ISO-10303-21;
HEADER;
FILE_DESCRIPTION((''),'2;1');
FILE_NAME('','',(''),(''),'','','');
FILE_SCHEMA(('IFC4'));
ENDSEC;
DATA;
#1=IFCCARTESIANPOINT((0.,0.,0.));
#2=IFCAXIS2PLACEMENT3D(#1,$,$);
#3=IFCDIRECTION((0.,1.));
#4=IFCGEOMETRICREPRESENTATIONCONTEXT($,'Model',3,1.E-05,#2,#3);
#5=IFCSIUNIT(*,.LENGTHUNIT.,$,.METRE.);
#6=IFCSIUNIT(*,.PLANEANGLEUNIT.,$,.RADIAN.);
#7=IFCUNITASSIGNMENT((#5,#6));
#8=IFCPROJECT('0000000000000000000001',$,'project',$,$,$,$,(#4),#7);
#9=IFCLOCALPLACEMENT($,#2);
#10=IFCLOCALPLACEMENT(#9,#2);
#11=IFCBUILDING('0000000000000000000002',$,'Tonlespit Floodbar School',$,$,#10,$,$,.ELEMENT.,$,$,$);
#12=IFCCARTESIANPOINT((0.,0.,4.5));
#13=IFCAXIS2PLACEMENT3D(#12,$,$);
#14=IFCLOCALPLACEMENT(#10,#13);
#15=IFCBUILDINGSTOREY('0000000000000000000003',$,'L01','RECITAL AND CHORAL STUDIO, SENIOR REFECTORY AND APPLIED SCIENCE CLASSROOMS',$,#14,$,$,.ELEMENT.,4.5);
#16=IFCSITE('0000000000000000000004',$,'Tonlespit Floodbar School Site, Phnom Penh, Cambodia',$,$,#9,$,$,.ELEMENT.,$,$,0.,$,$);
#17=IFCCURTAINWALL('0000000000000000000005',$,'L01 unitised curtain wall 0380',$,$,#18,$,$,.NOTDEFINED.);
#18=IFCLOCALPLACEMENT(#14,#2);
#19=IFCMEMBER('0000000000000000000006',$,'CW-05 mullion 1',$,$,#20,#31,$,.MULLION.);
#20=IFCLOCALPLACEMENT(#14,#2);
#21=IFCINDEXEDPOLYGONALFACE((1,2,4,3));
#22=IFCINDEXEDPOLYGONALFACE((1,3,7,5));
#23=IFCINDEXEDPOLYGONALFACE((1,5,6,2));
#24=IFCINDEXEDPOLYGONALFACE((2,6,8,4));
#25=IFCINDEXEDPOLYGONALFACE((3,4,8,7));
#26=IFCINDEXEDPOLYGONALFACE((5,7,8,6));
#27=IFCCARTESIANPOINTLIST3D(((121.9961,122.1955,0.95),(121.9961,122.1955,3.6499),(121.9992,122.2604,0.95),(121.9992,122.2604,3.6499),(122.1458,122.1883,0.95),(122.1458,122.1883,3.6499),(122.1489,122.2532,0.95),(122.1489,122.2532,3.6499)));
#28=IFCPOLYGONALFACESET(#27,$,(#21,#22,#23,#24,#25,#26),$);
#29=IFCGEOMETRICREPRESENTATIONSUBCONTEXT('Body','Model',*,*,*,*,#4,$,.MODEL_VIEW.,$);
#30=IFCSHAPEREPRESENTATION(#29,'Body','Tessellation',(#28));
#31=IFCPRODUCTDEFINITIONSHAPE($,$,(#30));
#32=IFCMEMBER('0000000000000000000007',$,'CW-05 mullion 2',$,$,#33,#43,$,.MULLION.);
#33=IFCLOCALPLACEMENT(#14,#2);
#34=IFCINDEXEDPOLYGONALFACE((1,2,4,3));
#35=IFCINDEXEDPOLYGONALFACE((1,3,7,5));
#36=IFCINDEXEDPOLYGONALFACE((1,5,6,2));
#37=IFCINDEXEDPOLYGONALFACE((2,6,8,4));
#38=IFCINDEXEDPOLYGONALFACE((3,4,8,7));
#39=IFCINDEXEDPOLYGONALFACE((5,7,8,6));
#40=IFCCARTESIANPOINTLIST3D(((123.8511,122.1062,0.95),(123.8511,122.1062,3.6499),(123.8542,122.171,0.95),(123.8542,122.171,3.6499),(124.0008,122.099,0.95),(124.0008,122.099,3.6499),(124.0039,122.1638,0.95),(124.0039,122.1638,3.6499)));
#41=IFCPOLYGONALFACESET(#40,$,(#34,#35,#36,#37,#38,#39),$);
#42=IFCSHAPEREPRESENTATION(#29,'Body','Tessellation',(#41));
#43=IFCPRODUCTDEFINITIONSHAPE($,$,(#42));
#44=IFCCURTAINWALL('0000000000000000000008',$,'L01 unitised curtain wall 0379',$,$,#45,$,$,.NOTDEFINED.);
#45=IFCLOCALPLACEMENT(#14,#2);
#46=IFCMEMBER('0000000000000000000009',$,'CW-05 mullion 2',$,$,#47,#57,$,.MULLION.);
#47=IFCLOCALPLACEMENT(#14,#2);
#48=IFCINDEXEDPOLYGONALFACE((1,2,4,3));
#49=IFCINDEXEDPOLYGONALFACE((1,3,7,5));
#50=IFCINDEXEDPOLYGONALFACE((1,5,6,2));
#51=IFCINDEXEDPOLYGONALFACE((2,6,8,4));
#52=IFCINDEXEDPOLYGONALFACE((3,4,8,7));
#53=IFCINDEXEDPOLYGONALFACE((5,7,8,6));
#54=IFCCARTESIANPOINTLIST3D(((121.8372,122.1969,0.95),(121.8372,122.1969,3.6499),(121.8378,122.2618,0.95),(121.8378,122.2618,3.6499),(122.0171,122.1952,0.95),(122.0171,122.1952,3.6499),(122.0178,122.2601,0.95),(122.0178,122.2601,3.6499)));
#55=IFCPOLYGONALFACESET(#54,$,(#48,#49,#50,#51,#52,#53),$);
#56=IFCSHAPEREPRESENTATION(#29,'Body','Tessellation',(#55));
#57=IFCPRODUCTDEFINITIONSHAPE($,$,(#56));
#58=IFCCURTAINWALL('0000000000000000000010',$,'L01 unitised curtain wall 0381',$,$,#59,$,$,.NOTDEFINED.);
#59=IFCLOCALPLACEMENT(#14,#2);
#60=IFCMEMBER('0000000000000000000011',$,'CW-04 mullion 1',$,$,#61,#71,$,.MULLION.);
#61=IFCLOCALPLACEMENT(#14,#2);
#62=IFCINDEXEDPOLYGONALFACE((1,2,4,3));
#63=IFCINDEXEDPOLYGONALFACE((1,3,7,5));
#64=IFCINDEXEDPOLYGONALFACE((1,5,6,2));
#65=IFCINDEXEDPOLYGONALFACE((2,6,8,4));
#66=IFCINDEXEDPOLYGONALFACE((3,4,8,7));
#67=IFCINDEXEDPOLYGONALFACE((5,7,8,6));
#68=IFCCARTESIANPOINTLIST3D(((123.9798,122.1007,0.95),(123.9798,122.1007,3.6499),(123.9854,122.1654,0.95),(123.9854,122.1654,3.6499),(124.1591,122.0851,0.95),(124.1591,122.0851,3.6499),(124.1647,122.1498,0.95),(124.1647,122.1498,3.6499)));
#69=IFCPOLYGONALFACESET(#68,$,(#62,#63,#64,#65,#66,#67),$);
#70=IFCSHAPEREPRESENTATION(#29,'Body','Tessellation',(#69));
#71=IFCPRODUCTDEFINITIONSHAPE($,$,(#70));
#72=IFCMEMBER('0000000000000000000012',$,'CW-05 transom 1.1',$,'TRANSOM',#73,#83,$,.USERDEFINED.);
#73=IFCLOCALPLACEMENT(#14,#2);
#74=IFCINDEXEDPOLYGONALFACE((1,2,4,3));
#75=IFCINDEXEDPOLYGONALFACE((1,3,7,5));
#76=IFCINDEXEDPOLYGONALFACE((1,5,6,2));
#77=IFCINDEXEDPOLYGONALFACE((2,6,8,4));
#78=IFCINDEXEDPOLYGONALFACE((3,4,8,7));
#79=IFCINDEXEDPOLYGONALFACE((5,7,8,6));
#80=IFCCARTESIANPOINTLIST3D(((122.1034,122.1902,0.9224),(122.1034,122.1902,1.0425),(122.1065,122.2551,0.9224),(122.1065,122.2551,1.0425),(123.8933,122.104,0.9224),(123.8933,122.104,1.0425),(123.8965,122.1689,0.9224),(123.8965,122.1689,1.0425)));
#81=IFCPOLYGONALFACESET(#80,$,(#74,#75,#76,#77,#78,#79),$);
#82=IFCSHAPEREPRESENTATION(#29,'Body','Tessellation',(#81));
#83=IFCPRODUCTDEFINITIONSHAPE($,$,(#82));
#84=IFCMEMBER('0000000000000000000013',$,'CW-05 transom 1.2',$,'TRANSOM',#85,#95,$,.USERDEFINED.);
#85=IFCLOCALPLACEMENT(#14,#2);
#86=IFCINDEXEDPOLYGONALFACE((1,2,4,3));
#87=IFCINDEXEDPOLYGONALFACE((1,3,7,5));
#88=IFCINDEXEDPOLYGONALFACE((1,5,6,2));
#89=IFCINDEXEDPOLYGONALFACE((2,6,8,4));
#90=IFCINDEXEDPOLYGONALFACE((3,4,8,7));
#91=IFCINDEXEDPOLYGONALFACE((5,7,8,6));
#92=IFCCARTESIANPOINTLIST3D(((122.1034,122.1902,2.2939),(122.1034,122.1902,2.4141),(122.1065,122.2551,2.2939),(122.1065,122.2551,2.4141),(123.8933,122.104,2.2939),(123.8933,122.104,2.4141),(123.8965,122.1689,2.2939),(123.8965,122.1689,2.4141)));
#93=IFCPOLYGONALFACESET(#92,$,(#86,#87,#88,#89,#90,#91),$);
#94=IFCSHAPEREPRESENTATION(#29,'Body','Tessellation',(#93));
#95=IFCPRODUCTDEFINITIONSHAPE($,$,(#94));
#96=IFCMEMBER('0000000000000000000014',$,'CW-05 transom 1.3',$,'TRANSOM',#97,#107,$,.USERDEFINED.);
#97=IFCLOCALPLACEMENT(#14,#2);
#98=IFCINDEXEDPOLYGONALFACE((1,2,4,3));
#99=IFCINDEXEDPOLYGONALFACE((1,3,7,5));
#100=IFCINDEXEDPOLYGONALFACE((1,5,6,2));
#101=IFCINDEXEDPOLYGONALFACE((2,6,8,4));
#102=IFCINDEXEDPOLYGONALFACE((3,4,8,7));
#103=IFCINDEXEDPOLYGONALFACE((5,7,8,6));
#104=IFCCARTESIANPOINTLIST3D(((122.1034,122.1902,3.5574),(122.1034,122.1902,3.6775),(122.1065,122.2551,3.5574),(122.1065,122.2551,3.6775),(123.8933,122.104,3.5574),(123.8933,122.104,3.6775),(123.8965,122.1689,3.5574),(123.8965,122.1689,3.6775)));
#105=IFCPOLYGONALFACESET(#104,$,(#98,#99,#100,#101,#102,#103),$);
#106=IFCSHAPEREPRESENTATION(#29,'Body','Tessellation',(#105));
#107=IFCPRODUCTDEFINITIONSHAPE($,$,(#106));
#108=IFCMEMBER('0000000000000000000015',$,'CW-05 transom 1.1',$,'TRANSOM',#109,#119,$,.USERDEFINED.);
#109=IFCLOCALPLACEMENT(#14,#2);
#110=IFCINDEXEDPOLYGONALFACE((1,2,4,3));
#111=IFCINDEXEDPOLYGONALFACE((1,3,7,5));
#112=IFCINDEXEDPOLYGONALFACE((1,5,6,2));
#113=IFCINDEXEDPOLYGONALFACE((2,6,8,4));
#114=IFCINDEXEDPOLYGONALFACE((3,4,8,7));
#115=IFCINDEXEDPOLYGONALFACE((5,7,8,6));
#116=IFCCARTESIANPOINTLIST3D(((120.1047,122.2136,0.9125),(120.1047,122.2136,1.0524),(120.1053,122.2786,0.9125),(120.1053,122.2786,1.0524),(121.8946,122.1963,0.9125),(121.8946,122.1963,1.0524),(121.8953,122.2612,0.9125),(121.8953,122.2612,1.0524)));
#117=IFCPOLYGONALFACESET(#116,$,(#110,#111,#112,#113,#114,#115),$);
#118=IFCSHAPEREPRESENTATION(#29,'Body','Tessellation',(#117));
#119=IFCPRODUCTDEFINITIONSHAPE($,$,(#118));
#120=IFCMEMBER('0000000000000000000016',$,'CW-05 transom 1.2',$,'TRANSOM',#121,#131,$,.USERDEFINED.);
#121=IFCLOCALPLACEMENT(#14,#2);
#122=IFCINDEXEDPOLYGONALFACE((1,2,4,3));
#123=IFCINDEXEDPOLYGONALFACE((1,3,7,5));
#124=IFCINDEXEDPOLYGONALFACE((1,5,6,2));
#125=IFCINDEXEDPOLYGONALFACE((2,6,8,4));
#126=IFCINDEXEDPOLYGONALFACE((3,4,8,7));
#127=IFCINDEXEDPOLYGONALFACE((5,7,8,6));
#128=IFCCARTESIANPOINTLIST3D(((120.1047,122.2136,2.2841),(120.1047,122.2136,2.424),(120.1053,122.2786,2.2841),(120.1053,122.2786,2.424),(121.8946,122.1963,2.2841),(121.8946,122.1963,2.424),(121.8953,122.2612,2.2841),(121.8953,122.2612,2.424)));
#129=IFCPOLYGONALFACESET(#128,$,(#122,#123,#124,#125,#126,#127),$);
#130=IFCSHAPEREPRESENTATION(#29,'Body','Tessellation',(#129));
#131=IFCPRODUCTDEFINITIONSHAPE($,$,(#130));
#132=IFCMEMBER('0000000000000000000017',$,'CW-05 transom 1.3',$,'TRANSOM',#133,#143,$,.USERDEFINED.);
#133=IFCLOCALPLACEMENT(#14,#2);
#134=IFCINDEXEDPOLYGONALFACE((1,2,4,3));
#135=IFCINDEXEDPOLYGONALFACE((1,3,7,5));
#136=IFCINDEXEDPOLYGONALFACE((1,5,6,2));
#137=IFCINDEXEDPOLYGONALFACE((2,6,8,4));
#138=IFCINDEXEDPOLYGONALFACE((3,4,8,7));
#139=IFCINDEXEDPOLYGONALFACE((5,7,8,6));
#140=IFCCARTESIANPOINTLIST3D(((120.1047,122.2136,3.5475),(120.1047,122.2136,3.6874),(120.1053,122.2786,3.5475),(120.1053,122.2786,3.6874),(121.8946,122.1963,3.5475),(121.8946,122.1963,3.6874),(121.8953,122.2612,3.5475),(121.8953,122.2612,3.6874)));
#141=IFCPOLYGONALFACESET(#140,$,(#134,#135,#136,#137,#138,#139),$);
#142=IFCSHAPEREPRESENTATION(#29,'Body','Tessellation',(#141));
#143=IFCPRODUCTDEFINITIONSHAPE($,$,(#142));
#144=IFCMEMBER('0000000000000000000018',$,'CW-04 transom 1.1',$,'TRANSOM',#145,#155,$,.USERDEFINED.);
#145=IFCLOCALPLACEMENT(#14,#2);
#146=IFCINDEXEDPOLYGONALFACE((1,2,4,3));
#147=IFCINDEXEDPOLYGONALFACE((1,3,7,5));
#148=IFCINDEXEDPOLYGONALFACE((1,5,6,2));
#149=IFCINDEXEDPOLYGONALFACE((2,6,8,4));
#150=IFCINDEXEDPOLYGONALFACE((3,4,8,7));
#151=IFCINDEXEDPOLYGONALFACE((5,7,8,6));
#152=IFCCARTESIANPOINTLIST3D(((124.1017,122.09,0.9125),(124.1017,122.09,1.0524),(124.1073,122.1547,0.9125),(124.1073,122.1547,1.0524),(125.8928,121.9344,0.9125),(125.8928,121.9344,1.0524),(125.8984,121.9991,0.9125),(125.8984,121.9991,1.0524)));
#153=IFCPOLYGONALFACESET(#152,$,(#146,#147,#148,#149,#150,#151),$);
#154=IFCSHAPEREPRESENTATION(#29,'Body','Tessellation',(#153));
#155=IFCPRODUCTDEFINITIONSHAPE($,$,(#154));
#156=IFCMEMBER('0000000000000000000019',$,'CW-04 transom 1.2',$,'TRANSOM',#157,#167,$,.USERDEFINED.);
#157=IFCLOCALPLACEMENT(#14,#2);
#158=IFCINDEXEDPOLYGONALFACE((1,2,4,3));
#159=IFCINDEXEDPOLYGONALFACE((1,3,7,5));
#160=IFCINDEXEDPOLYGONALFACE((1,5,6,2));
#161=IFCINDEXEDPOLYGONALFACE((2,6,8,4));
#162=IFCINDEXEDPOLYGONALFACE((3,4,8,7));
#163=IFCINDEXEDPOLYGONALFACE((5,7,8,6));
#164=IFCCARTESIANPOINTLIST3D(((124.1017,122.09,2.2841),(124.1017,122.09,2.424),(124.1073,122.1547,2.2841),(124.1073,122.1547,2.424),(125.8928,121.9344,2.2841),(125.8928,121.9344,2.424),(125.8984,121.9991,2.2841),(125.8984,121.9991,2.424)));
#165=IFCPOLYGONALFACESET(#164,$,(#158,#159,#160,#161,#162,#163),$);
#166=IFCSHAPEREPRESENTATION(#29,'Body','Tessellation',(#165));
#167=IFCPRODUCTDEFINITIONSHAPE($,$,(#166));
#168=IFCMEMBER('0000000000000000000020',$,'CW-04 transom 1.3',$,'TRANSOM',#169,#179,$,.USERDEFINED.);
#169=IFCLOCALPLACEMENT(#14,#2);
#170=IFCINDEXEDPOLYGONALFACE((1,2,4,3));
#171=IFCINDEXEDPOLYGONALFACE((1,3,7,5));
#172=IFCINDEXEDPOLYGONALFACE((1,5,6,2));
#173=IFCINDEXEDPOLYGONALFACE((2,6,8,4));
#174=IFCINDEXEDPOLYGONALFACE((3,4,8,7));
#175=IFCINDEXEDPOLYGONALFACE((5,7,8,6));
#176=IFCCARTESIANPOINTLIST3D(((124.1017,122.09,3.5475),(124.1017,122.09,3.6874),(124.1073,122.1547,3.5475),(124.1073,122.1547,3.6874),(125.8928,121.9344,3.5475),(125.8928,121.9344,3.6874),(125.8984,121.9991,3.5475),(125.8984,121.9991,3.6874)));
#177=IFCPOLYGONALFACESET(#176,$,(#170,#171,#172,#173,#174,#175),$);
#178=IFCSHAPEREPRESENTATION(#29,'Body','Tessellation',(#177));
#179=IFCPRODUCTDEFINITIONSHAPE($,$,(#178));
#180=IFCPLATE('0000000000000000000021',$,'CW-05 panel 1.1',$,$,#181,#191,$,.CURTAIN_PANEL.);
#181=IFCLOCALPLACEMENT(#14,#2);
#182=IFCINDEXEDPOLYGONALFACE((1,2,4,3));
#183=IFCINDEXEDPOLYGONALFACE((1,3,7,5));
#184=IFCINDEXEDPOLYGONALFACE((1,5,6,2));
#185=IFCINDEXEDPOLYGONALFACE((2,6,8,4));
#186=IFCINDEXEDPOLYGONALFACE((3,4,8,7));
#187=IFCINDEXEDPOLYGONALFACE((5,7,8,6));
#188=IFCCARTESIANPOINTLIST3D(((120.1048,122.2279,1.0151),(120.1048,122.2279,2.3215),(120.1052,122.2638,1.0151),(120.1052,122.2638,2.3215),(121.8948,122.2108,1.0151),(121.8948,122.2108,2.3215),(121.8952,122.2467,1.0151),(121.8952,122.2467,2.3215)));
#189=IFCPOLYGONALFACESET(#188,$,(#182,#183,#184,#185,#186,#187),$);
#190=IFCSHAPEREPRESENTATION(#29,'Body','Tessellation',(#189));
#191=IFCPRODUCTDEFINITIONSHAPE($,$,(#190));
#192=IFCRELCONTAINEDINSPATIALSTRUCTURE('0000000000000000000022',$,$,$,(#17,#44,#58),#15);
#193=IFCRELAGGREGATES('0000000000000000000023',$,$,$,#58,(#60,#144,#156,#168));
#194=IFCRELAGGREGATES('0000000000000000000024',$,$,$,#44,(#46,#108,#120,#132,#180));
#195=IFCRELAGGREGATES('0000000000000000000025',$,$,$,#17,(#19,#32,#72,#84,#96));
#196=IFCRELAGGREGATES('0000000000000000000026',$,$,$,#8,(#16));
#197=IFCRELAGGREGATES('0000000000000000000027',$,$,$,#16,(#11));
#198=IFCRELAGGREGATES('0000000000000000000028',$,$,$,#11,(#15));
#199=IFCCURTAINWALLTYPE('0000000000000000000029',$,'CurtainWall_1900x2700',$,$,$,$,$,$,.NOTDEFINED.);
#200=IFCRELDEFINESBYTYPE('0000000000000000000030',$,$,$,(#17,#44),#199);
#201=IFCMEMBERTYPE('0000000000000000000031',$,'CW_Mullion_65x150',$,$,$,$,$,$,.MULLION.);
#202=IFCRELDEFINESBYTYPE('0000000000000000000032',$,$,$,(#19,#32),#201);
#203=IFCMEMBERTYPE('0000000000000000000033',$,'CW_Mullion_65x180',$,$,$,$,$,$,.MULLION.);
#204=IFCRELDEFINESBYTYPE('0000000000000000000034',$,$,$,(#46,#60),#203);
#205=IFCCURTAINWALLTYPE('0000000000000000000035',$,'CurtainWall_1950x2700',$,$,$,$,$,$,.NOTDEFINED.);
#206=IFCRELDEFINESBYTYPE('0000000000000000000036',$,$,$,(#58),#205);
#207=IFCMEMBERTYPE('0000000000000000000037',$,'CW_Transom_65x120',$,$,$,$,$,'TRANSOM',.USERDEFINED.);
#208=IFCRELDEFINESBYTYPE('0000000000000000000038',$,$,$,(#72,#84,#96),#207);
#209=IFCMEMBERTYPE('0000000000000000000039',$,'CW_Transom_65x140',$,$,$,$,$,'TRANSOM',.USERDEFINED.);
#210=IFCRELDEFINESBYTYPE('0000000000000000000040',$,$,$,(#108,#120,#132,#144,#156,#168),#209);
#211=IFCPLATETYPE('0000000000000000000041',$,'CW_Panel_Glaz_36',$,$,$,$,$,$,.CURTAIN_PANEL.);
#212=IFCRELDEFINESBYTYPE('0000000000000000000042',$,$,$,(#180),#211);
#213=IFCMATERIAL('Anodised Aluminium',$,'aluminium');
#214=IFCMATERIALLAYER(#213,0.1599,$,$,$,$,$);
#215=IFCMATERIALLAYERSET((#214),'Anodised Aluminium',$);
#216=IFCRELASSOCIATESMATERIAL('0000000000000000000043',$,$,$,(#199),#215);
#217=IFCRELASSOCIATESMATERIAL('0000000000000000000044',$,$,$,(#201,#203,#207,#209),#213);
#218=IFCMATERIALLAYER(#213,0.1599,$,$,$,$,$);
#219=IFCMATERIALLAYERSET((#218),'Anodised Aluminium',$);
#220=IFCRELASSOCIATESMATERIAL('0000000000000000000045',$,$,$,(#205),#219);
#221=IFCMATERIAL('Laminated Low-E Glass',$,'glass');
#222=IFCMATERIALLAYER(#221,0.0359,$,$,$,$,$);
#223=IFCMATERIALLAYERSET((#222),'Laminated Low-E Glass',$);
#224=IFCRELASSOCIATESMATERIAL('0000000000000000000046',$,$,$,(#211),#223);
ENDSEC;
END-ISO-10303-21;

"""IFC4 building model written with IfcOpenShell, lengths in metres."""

from ifc_helpers import new_model, si_unit, direction, frame, origin, origin_2d, place, context, subcontext, project, spatial, rectangle, extrude, material, layer, layer_set, material_profile, profile_set, type_object, element, aggregate, save


model = new_model("IFC4")

# Units and contexts
model_context = context("Model", 3, precision=1e-05, world=origin(), true_north=direction((0.0, 1.0)))
body_context = subcontext(model_context, "Body", "Model", "MODEL_VIEW")
ifc_project = project(units=[si_unit("LENGTHUNIT", "METRE"), si_unit("PLANEANGLEUNIT", "RADIAN")], contexts=[model_context])

# Site, building, storey
site_placement = place(None, origin())
site = spatial("IfcSite", under=ifc_project, at=site_placement, Name="Tonlespit Floodbar School Site, Phnom Penh, Cambodia", CompositionType="ELEMENT", RefElevation=0.0)
building_placement = place(site_placement, origin())
building = spatial("IfcBuilding", under=site, at=building_placement, Name="Tonlespit Floodbar School", CompositionType="ELEMENT")
storey_placement = place(building_placement, frame((0.0, 0.0, 4.5)))
storey = spatial("IfcBuildingStorey", under=building, at=storey_placement, Name="L01", Description="RECITAL AND CHORAL STUDIO, SENIOR REFECTORY AND APPLIED SCIENCE CLASSROOMS", CompositionType="ELEMENT", Elevation=4.5)

# Curtain wall, members
ifc_material_1 = material(Name="Anodised Aluminium", Category="aluminium")
ifc_layer_1 = layer(ifc_material_1, 0.1599)
ifc_layer_set_1 = layer_set([ifc_layer_1], Name="Anodised Aluminium")
curtain_wall_type_1 = type_object("IfcCurtainWallType", Name="CurtainWall_1900x2700", PredefinedType="NOTDEFINED", material=ifc_layer_set_1)
curtain_wall_1_placement = place(storey_placement, origin())
curtain_wall_1 = element("IfcCurtainWall", 1, at=curtain_wall_1_placement, inside=storey, type_object=curtain_wall_type_1, Name="L01 unitised curtain wall 0380", PredefinedType="NOTDEFINED")
ifc_material_profile_1 = material_profile(ifc_material_1, rectangle(XDim=0.0649, YDim=0.1499, at=origin_2d()), Name="ALU M65x150")
ifc_profile_set_1 = profile_set([ifc_material_profile_1], Name="Anodised Aluminium")
member_type_1 = type_object("IfcMemberType", Name="CW_Mullion_65x150", PredefinedType="MULLION", material=ifc_profile_set_1)
member_1_placement = place(storey_placement, frame((122.0725, 122.2244, 0.95), z_axis=(0.0, 0.0, 1.0), x_axis=(0.048121, 0.998842, 0.0)))
member_1 = element("IfcMember", 2, at=member_1_placement, type_object=member_type_1, Name="CW-05 mullion 1", PredefinedType="MULLION", context=body_context, shape_type="SweptSolid", body=[
    extrude(rectangle(XDim=0.0649, YDim=0.1499, at=origin_2d()), origin(), (0.0, 0.0, 1.0), 2.7),
])
member_2_placement = place(storey_placement, frame((123.9275, 122.135, 0.95), z_axis=(0.0, 0.0, 1.0), x_axis=(0.048121, 0.998842, 0.0)))
member_2 = element("IfcMember", 3, at=member_2_placement, type_object=member_type_1, Name="CW-05 mullion 2", PredefinedType="MULLION", context=body_context, shape_type="SweptSolid", body=[
    extrude(rectangle(XDim=0.0649, YDim=0.1499, at=origin_2d()), origin(), (0.0, 0.0, 1.0), 2.7),
])

# Curtain walls, members
curtain_wall_2_placement = place(storey_placement, origin())
curtain_wall_2 = element("IfcCurtainWall", 4, at=curtain_wall_2_placement, inside=storey, type_object=curtain_wall_type_1, Name="L01 unitised curtain wall 0379", PredefinedType="NOTDEFINED")
ifc_material_profile_2 = material_profile(ifc_material_1, rectangle(XDim=0.0649, YDim=0.1799, at=origin_2d()), Name="ALU M65x180")
ifc_profile_set_2 = profile_set([ifc_material_profile_2], Name="Anodised Aluminium")
member_type_2 = type_object("IfcMemberType", Name="CW_Mullion_65x180", PredefinedType="MULLION", material=ifc_profile_set_2)
member_3_placement = place(storey_placement, frame((121.9275, 122.2285, 0.95), z_axis=(0.0, 0.0, 1.0), x_axis=(0.009583, 0.999954, 0.0)))
member_3 = element("IfcMember", 5, at=member_3_placement, type_object=member_type_2, Name="CW-05 mullion 2", PredefinedType="MULLION", context=body_context, shape_type="SweptSolid", body=[
    extrude(rectangle(XDim=0.0649, YDim=0.1799, at=origin_2d()), origin(), (0.0, 0.0, 1.0), 2.7),
])
ifc_layer_2 = layer(ifc_material_1, 0.1599)
ifc_layer_set_2 = layer_set([ifc_layer_2], Name="Anodised Aluminium")
curtain_wall_type_2 = type_object("IfcCurtainWallType", Name="CurtainWall_1950x2700", PredefinedType="NOTDEFINED", material=ifc_layer_set_2)
curtain_wall_3_placement = place(storey_placement, origin())
curtain_wall_3 = element("IfcCurtainWall", 6, at=curtain_wall_3_placement, inside=storey, type_object=curtain_wall_type_2, Name="L01 unitised curtain wall 0381", PredefinedType="NOTDEFINED")
member_4_placement = place(storey_placement, frame((124.0723, 122.1252, 0.95), z_axis=(0.0, 0.0, 1.0), x_axis=(0.086531, 0.996249, 0.0)))
member_4 = element("IfcMember", 7, at=member_4_placement, type_object=member_type_2, Name="CW-04 mullion 1", PredefinedType="MULLION", context=body_context, shape_type="SweptSolid", body=[
    extrude(rectangle(XDim=0.0649, YDim=0.1799, at=origin_2d()), origin(), (0.0, 0.0, 1.0), 2.7),
])

# Members
ifc_material_profile_3 = material_profile(ifc_material_1, rectangle(XDim=0.0649, YDim=0.1201, at=origin_2d()), Name="ALU T65x120")
ifc_profile_set_3 = profile_set([ifc_material_profile_3], Name="Anodised Aluminium")
member_type_3 = type_object("IfcMemberType", Name="CW_Transom_65x120", ElementType="TRANSOM", PredefinedType="USERDEFINED", material=ifc_profile_set_3)
member_5_placement = place(storey_placement, frame((122.105, 122.2227, 0.9824), z_axis=(0.998843, -0.048089, 0.0), x_axis=(0.048089, 0.998843, 0.0)))
member_5 = element("IfcMember", 8, at=member_5_placement, type_object=member_type_3, Name="CW-05 transom 1.1", ObjectType="TRANSOM", PredefinedType="USERDEFINED", context=body_context, shape_type="SweptSolid", body=[
    extrude(rectangle(XDim=0.0649, YDim=0.1201, at=origin_2d()), origin(), (0.0, 0.0, 1.0), 1.792),
])
member_6_placement = place(storey_placement, frame((122.105, 122.2227, 2.354), z_axis=(0.998843, -0.048089, 0.0), x_axis=(0.048089, 0.998843, 0.0)))
member_6 = element("IfcMember", 9, at=member_6_placement, type_object=member_type_3, Name="CW-05 transom 1.2", ObjectType="TRANSOM", PredefinedType="USERDEFINED", context=body_context, shape_type="SweptSolid", body=[
    extrude(rectangle(XDim=0.0649, YDim=0.1201, at=origin_2d()), origin(), (0.0, 0.0, 1.0), 1.792),
])
member_7_placement = place(storey_placement, frame((122.105, 122.2227, 3.6174), z_axis=(0.998843, -0.048089, 0.0), x_axis=(0.048089, 0.998843, 0.0)))
member_7 = element("IfcMember", 10, at=member_7_placement, type_object=member_type_3, Name="CW-05 transom 1.3", ObjectType="TRANSOM", PredefinedType="USERDEFINED", context=body_context, shape_type="SweptSolid", body=[
    extrude(rectangle(XDim=0.0649, YDim=0.1201, at=origin_2d()), origin(), (0.0, 0.0, 1.0), 1.792),
])
ifc_material_profile_4 = material_profile(ifc_material_1, rectangle(XDim=0.0649, YDim=0.1399, at=origin_2d()), Name="ALU T65x140")
ifc_profile_set_4 = profile_set([ifc_material_profile_4], Name="Anodised Aluminium")
member_type_4 = type_object("IfcMemberType", Name="CW_Transom_65x140", ElementType="TRANSOM", PredefinedType="USERDEFINED", material=ifc_profile_set_4)
member_8_placement = place(storey_placement, frame((120.105, 122.2461, 0.9824), z_axis=(0.999953, -0.009683, 0.0), x_axis=(0.009683, 0.999953, 0.0)))
member_8 = element("IfcMember", 11, at=member_8_placement, type_object=member_type_4, Name="CW-05 transom 1.1", ObjectType="TRANSOM", PredefinedType="USERDEFINED", context=body_context, shape_type="SweptSolid", body=[
    extrude(rectangle(XDim=0.0649, YDim=0.1399, at=origin_2d()), origin(), (0.0, 0.0, 1.0), 1.79),
])
member_9_placement = place(storey_placement, frame((120.105, 122.2461, 2.354), z_axis=(0.999953, -0.009683, 0.0), x_axis=(0.009683, 0.999953, 0.0)))
member_9 = element("IfcMember", 12, at=member_9_placement, type_object=member_type_4, Name="CW-05 transom 1.2", ObjectType="TRANSOM", PredefinedType="USERDEFINED", context=body_context, shape_type="SweptSolid", body=[
    extrude(rectangle(XDim=0.0649, YDim=0.1399, at=origin_2d()), origin(), (0.0, 0.0, 1.0), 1.79),
])
member_10_placement = place(storey_placement, frame((120.105, 122.2461, 3.6174), z_axis=(0.999953, -0.009683, 0.0), x_axis=(0.009683, 0.999953, 0.0)))
member_10 = element("IfcMember", 13, at=member_10_placement, type_object=member_type_4, Name="CW-05 transom 1.3", ObjectType="TRANSOM", PredefinedType="USERDEFINED", context=body_context, shape_type="SweptSolid", body=[
    extrude(rectangle(XDim=0.0649, YDim=0.1399, at=origin_2d()), origin(), (0.0, 0.0, 1.0), 1.79),
])
member_11_placement = place(storey_placement, frame((124.1045, 122.1223, 0.9824), z_axis=(0.996251, -0.086507, 0.0), x_axis=(0.086507, 0.996251, 0.0)))
member_11 = element("IfcMember", 14, at=member_11_placement, type_object=member_type_4, Name="CW-04 transom 1.1", ObjectType="TRANSOM", PredefinedType="USERDEFINED", context=body_context, shape_type="SweptSolid", body=[
    extrude(rectangle(XDim=0.0649, YDim=0.1399, at=origin_2d()), origin(), (0.0, 0.0, 1.0), 1.7979),
])
member_12_placement = place(storey_placement, frame((124.1045, 122.1223, 2.354), z_axis=(0.996251, -0.086507, 0.0), x_axis=(0.086507, 0.996251, 0.0)))
member_12 = element("IfcMember", 15, at=member_12_placement, type_object=member_type_4, Name="CW-04 transom 1.2", ObjectType="TRANSOM", PredefinedType="USERDEFINED", context=body_context, shape_type="SweptSolid", body=[
    extrude(rectangle(XDim=0.0649, YDim=0.1399, at=origin_2d()), origin(), (0.0, 0.0, 1.0), 1.7979),
])
member_13_placement = place(storey_placement, frame((124.1045, 122.1223, 3.6174), z_axis=(0.996251, -0.086507, 0.0), x_axis=(0.086507, 0.996251, 0.0)))
member_13 = element("IfcMember", 16, at=member_13_placement, type_object=member_type_4, Name="CW-04 transom 1.3", ObjectType="TRANSOM", PredefinedType="USERDEFINED", context=body_context, shape_type="SweptSolid", body=[
    extrude(rectangle(XDim=0.0649, YDim=0.1399, at=origin_2d()), origin(), (0.0, 0.0, 1.0), 1.7979),
])
aggregate(curtain_wall_3, [member_4, member_11, member_12, member_13])

# Plate
ifc_material_2 = material(Name="Laminated Low-E Glass", Category="glass")
ifc_layer_3 = layer(ifc_material_2, 0.0359)
ifc_layer_set_3 = layer_set([ifc_layer_3], Name="Laminated Low-E Glass")
plate_type_1 = type_object("IfcPlateType", Name="CW_Panel_Glaz_36", PredefinedType="CURTAIN_PANEL", material=ifc_layer_set_3)
plate_1_placement = place(storey_placement, frame((121.0, 122.2373, 1.0151), z_axis=(0.0, 0.0, 1.0), x_axis=(0.999954, -0.009583, 0.0)))
plate_1 = element("IfcPlate", 17, at=plate_1_placement, type_object=plate_type_1, Name="CW-05 panel 1.1", PredefinedType="CURTAIN_PANEL", context=body_context, shape_type="SweptSolid", body=[
    extrude(rectangle(XDim=1.79, YDim=0.0359, at=origin_2d()), origin(), (0.0, 0.0, 1.0), 1.3064),
])
aggregate(curtain_wall_2, [member_3, member_8, member_9, member_10, plate_1])
aggregate(curtain_wall_1, [member_1, member_2, member_5, member_6, member_7])

save(model, "model.ifc")
